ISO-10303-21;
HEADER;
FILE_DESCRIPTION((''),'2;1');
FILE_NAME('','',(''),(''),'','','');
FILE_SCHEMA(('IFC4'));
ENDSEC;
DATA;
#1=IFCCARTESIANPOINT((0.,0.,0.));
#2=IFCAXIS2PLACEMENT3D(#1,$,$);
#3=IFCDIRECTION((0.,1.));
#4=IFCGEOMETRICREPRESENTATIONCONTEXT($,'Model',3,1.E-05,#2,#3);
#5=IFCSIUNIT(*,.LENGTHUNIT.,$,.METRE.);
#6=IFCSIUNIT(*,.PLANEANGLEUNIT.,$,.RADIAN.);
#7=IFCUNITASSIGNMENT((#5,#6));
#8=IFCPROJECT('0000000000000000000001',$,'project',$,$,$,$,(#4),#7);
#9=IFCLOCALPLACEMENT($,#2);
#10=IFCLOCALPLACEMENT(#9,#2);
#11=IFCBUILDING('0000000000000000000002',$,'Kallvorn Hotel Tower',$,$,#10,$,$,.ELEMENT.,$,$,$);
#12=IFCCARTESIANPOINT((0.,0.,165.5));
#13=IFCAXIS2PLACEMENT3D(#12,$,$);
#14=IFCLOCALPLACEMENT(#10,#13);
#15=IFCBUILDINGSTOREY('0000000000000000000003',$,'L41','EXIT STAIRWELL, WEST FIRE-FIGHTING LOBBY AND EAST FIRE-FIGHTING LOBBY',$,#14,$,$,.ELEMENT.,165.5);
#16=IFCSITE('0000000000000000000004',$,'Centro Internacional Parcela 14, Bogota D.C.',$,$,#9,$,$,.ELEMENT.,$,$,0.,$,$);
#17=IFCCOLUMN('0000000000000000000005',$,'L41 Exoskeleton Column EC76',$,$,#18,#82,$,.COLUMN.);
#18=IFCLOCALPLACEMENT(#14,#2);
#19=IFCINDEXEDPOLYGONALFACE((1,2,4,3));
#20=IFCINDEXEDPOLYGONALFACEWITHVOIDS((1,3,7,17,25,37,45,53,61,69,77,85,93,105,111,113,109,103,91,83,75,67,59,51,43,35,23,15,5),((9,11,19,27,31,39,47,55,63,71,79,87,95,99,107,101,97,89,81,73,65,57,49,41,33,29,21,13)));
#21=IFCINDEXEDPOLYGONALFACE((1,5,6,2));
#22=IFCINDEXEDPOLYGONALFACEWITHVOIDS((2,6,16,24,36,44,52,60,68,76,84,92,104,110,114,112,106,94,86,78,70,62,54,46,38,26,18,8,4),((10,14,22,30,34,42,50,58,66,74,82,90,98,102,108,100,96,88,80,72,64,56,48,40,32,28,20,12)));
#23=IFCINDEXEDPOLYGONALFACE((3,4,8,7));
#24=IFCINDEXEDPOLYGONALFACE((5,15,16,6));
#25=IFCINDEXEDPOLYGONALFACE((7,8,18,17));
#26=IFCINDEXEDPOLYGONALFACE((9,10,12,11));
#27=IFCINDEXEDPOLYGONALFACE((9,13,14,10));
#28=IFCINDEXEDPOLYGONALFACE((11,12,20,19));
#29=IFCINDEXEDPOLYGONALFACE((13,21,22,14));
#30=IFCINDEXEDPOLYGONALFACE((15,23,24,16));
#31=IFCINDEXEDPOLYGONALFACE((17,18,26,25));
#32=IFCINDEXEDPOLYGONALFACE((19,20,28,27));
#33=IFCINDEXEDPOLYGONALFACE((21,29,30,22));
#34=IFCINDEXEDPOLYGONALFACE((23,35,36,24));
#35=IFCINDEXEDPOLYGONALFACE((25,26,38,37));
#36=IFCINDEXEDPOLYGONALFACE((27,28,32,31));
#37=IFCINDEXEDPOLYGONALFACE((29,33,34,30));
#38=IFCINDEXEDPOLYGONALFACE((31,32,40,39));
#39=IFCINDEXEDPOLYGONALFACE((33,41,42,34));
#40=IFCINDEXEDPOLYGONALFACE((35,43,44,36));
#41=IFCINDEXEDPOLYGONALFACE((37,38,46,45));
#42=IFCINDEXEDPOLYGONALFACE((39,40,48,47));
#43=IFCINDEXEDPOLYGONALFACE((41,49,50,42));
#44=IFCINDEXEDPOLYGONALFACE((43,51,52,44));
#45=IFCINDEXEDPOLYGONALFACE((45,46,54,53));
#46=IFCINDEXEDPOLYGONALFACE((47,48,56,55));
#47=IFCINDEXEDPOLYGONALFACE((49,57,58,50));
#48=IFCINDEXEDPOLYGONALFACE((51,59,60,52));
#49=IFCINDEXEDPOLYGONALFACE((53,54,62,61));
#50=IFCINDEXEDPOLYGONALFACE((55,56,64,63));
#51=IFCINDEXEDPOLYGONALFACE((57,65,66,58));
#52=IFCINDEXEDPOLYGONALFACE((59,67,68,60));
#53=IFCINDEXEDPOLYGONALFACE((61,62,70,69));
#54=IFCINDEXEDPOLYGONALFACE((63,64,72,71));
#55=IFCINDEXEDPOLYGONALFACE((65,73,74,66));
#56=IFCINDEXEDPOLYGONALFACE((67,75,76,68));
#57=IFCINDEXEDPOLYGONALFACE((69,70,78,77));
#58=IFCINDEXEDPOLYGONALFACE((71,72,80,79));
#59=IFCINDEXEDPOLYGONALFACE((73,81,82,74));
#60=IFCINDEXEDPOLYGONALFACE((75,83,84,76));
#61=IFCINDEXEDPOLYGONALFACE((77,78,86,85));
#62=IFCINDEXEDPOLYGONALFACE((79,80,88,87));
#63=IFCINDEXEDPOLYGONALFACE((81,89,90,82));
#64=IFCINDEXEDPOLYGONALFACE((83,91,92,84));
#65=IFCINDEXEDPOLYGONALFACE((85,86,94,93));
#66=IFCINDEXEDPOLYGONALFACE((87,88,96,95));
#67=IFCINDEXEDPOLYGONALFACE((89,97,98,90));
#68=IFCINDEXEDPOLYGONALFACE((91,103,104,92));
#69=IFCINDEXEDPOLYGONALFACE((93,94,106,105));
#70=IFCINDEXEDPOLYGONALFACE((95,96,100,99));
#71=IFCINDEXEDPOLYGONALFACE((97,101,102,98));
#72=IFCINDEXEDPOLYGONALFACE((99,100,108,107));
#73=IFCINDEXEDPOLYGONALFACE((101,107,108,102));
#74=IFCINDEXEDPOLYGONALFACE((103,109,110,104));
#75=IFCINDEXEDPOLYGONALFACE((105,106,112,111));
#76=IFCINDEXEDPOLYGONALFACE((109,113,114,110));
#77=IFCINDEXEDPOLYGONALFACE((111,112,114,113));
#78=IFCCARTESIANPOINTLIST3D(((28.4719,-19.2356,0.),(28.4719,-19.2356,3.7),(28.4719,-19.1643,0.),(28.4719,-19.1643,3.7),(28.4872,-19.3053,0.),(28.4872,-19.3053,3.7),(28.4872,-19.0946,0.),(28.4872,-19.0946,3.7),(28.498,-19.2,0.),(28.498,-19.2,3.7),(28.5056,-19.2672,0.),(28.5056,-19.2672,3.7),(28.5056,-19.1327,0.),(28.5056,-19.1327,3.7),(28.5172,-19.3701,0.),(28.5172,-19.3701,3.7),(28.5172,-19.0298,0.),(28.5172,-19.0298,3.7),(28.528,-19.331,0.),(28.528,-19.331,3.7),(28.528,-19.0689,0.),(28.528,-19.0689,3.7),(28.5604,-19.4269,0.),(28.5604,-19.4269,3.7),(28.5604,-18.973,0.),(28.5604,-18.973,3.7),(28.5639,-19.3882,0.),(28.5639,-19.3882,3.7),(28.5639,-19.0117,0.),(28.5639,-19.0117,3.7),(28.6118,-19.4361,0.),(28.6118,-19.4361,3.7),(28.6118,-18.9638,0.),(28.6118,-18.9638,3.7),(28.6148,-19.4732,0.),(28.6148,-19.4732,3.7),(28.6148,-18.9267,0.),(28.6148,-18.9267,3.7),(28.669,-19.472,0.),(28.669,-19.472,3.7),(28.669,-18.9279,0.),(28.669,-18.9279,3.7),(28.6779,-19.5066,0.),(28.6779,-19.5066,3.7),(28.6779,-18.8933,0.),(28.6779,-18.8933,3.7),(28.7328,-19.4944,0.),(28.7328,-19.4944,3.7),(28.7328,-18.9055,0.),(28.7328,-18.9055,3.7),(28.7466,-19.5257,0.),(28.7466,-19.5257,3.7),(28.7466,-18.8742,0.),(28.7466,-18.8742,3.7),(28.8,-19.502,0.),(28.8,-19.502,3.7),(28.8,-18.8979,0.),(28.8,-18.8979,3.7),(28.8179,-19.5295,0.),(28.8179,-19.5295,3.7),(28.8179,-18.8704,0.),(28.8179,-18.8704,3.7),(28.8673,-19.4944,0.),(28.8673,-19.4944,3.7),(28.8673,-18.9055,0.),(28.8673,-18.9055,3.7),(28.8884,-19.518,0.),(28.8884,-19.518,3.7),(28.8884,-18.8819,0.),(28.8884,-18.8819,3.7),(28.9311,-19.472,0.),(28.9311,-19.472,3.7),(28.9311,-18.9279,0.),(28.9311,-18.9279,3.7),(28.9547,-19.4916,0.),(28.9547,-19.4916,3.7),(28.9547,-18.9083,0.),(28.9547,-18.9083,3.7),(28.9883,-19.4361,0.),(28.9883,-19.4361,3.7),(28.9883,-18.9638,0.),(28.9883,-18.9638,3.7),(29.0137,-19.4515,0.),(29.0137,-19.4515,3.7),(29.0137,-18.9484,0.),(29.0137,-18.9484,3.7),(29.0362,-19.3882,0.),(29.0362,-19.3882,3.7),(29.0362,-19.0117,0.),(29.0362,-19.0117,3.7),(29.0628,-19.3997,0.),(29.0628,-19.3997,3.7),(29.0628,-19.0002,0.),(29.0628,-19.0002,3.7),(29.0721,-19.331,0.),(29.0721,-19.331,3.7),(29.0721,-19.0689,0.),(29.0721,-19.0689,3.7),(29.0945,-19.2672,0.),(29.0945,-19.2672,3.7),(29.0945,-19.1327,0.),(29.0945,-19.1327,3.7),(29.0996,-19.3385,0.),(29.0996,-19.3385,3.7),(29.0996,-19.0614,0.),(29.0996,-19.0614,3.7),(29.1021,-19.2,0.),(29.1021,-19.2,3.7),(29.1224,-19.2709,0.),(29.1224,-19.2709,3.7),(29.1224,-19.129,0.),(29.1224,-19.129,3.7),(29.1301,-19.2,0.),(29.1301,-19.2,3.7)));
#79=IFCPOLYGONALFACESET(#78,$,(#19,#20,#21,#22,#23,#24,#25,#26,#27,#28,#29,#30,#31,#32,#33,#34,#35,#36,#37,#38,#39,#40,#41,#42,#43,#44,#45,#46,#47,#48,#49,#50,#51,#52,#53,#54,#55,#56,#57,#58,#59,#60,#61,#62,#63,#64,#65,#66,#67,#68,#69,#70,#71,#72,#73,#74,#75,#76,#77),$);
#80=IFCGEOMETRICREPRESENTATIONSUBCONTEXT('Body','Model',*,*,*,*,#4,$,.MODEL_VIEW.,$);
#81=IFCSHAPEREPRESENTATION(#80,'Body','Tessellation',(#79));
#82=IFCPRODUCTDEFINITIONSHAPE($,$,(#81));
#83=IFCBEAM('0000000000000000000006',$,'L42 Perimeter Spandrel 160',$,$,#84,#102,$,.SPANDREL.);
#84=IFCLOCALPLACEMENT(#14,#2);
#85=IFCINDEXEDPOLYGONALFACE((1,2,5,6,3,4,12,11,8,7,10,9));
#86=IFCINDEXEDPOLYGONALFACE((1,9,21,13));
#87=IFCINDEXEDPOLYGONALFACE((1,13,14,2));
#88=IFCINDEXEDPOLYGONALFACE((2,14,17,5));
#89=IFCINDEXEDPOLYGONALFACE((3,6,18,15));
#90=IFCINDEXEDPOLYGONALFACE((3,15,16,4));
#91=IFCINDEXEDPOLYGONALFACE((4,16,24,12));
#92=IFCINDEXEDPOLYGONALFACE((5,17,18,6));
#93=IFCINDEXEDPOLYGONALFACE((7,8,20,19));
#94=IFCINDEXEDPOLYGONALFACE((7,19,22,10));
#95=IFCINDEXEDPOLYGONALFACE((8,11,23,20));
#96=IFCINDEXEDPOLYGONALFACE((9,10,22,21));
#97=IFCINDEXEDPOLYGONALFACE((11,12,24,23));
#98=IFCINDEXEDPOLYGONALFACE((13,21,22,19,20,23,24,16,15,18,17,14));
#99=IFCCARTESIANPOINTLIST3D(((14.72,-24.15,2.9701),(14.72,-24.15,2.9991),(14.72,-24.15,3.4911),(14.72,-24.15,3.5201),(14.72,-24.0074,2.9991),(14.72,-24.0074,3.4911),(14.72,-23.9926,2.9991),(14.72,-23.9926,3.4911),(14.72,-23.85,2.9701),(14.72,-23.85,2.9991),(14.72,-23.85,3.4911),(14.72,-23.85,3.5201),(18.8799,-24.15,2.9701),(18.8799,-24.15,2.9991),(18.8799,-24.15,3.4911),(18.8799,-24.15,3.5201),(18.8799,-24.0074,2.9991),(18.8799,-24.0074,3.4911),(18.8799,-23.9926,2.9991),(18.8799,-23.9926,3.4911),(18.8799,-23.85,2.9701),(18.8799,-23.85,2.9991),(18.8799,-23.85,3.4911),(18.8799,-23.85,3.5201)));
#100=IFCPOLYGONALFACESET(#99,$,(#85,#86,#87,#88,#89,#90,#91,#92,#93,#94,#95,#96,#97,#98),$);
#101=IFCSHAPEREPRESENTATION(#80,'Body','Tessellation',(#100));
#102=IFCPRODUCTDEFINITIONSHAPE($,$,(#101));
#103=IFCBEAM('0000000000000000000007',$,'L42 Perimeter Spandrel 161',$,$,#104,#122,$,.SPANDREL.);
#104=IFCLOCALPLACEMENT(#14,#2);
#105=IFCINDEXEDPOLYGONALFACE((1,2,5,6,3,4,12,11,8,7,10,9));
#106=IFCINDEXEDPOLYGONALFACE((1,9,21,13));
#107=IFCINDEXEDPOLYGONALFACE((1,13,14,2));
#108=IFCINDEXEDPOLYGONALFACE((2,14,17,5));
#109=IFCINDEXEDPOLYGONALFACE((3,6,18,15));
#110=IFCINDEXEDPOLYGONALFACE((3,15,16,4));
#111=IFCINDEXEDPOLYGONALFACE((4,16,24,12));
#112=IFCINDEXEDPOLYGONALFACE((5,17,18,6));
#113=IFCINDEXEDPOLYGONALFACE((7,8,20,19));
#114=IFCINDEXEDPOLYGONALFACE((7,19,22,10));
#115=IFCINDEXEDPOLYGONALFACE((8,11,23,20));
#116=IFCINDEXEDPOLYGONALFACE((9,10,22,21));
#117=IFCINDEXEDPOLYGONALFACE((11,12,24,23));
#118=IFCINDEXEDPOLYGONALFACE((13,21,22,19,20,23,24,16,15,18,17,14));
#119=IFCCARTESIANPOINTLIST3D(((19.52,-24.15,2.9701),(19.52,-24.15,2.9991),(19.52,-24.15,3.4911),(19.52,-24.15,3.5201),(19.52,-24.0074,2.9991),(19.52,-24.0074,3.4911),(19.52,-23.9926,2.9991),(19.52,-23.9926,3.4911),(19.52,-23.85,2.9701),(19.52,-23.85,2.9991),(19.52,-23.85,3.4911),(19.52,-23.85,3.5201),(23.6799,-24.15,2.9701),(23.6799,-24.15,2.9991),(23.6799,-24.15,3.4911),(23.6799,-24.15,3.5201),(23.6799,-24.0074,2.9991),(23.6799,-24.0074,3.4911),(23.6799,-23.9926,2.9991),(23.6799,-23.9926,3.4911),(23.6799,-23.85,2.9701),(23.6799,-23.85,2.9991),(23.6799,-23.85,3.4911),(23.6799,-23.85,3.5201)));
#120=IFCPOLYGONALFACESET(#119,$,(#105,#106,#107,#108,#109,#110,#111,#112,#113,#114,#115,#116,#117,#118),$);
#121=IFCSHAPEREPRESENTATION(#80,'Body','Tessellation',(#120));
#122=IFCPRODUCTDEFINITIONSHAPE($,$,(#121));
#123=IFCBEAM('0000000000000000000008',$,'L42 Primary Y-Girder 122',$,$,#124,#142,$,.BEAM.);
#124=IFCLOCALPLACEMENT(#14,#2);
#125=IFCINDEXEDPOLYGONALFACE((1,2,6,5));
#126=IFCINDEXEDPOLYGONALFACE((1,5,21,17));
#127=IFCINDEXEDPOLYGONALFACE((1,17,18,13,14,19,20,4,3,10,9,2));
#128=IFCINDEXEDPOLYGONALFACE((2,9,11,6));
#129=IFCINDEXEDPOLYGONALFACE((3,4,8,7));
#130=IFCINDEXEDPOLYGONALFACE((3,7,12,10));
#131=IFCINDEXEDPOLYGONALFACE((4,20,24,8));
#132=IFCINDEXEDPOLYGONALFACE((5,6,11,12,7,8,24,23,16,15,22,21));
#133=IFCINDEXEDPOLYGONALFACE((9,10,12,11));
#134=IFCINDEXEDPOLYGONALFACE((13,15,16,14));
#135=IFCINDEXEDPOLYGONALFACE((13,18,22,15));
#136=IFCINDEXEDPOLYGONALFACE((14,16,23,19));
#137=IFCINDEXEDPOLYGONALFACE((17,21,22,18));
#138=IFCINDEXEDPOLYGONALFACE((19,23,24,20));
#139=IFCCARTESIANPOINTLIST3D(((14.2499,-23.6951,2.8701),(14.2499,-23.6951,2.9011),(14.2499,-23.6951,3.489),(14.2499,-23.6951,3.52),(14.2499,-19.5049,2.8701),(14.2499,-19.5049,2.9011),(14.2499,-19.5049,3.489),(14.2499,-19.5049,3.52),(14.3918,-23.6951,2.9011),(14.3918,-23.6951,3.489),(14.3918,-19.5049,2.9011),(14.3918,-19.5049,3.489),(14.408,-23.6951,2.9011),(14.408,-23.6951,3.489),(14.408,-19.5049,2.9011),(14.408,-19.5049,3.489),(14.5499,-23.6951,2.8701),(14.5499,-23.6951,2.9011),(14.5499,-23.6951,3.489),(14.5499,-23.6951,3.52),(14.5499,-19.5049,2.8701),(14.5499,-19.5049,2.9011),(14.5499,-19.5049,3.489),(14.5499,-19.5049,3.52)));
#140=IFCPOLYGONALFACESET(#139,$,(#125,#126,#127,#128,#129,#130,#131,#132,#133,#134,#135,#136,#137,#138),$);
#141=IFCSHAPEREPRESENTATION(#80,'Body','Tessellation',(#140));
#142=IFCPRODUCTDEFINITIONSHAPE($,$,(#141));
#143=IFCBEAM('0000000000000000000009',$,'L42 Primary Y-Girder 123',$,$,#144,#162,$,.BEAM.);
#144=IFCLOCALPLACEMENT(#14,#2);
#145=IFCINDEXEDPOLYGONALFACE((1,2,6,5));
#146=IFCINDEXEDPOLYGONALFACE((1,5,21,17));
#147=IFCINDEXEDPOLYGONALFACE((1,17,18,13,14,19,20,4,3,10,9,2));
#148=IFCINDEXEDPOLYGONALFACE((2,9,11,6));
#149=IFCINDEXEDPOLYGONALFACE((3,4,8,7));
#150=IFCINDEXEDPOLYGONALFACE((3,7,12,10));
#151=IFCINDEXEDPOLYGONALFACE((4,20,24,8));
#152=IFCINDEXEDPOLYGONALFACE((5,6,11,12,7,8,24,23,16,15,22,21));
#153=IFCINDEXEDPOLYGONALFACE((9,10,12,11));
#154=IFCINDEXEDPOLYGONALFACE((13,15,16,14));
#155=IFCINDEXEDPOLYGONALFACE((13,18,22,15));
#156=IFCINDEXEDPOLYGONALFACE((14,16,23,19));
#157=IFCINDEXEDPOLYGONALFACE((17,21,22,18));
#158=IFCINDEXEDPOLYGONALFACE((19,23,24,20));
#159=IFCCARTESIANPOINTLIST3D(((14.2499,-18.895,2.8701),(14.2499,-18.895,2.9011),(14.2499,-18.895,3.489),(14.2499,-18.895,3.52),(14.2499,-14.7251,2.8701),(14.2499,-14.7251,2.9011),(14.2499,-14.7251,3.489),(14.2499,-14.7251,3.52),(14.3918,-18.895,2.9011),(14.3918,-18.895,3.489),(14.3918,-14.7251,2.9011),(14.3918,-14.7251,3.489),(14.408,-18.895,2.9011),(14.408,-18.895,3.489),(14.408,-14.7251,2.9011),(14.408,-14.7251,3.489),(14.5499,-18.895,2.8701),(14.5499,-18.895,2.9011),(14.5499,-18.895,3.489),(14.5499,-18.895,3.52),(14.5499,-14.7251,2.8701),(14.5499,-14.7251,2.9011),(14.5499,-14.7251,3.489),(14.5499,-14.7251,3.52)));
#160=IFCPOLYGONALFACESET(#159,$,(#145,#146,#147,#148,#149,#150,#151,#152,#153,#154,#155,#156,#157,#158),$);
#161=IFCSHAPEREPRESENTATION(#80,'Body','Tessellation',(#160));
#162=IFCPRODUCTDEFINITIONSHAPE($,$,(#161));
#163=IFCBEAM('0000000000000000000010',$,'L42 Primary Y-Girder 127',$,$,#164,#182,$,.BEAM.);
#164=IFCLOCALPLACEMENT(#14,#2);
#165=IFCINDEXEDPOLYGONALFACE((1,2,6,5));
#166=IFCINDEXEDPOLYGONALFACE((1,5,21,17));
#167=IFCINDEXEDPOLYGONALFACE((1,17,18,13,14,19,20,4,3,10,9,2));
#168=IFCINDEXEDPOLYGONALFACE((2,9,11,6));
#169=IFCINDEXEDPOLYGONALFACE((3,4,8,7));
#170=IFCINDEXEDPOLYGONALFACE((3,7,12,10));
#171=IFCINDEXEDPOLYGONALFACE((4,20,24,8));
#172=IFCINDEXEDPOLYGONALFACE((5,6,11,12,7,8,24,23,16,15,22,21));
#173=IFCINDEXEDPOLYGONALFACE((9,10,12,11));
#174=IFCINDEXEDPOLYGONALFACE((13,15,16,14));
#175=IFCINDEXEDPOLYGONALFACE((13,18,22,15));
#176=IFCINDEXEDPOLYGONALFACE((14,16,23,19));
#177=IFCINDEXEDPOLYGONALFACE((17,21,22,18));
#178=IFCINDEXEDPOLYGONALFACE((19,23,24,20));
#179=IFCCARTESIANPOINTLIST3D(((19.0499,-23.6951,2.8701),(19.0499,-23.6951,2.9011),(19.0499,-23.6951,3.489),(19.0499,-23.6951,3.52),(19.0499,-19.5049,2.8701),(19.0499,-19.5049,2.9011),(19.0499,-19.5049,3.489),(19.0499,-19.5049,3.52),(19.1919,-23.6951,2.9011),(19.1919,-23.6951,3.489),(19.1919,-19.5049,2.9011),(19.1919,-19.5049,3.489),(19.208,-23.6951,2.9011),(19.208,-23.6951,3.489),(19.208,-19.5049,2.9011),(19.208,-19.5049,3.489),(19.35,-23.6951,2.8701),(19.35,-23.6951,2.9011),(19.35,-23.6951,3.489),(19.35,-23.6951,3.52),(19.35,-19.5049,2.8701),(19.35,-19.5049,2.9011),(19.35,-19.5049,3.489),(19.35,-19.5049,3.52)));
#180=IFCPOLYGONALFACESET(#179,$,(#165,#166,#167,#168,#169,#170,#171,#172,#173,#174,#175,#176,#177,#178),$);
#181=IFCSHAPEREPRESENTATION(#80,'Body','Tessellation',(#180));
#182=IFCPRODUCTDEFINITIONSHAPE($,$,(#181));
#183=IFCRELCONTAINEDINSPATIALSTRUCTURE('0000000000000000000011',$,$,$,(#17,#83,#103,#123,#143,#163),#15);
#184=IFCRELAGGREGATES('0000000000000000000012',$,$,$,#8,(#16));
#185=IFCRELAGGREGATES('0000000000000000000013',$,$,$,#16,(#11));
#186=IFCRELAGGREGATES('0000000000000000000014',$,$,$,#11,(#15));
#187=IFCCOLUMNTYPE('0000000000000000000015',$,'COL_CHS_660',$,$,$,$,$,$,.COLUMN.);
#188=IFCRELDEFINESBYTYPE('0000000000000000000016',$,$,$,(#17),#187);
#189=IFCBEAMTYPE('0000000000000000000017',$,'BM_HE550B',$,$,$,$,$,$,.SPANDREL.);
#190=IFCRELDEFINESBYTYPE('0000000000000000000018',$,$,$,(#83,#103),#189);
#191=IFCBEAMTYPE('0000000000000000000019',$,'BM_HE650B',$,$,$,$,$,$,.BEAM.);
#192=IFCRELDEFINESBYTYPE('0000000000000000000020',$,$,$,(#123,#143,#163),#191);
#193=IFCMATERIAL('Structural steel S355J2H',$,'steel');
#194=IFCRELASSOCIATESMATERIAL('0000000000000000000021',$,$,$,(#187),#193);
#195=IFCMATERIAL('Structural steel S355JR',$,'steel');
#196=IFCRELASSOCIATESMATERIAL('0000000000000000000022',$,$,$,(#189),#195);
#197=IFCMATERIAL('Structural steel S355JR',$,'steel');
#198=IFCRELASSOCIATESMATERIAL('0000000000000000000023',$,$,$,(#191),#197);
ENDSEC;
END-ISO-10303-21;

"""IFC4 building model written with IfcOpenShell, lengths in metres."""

from ifc_helpers import new_model, si_unit, direction, frame, origin, origin_2d, place, context, subcontext, project, spatial, hollow_circle, i_section, extrude, material, material_profile, profile_set, type_object, element, save


model = new_model("IFC4")

# Units and contexts
model_context = context("Model", 3, precision=1e-05, world=origin(), true_north=direction((0.0, 1.0)))
body_context = subcontext(model_context, "Body", "Model", "MODEL_VIEW")
ifc_project = project(units=[si_unit("LENGTHUNIT", "METRE"), si_unit("PLANEANGLEUNIT", "RADIAN")], contexts=[model_context])

# Site, building, storey
site_placement = place(None, origin())
site = spatial("IfcSite", under=ifc_project, at=site_placement, Name="Centro Internacional Parcela 14, Bogota D.C.", CompositionType="ELEMENT", RefElevation=0.0)
building_placement = place(site_placement, origin())
building = spatial("IfcBuilding", under=site, at=building_placement, Name="Kallvorn Hotel Tower", CompositionType="ELEMENT")
storey_placement = place(building_placement, frame((0.0, 0.0, 165.5)))
storey = spatial("IfcBuildingStorey", under=building, at=storey_placement, Name="L41", Description="EXIT STAIRWELL, WEST FIRE-FIGHTING LOBBY AND EAST FIRE-FIGHTING LOBBY", CompositionType="ELEMENT", Elevation=165.5)

# Column
ifc_material_1 = material(Name="Structural steel S355J2H", Category="steel")
ifc_material_profile_1 = material_profile(ifc_material_1, hollow_circle(Radius=0.3301, WallThickness=0.0281, at=origin_2d()), Name="CHS 660x28")
ifc_profile_set_1 = profile_set([ifc_material_profile_1], Name="Structural steel S355J2H")
column_type = type_object("IfcColumnType", Name="COL_CHS_660", PredefinedType="COLUMN", material=ifc_profile_set_1)
for number, where, z_axis, x_axis, name in (
    (1, (28.8, -19.2, 0.0), (0.0, 0.0, 1.0), (1.0, 0.0, 0.0), "L41 Exoskeleton Column EC76"),
):
    element("IfcColumn", number, at=place(storey_placement, frame(where, z_axis=z_axis, x_axis=x_axis)), inside=storey, type_object=column_type, Name=name, PredefinedType="COLUMN", context=body_context, shape_type="SweptSolid", body=[
        extrude(hollow_circle(Radius=0.3301, WallThickness=0.0281, at=origin_2d()), origin(), (0.0, 0.0, 1.0), 3.7),
    ])

# Beams
ifc_material_2 = material(Name="Structural steel S355JR", Category="steel")
ifc_material_profile_2 = material_profile(ifc_material_2, i_section(OverallWidth=0.3, OverallDepth=0.55, WebThickness=0.0149, FlangeThickness=0.0291, at=origin_2d()), Name="HE 550 B")
ifc_profile_set_2 = profile_set([ifc_material_profile_2], Name="Structural steel S355JR")
beam_type_1 = type_object("IfcBeamType", Name="BM_HE550B", PredefinedType="SPANDREL", material=ifc_profile_set_2)
for number, where, z_axis, x_axis, name in (
    (2, (14.72, -24.0, 3.2451), (1.0, 0.0, 0.0), (0.0, 1.0, 0.0), "L42 Perimeter Spandrel 160"),
    (3, (19.52, -24.0, 3.2451), (1.0, 0.0, 0.0), (0.0, 1.0, 0.0), "L42 Perimeter Spandrel 161"),
):
    element("IfcBeam", number, at=place(storey_placement, frame(where, z_axis=z_axis, x_axis=x_axis)), inside=storey, type_object=beam_type_1, Name=name, PredefinedType="SPANDREL", context=body_context, shape_type="SweptSolid", body=[
        extrude(i_section(OverallWidth=0.3, OverallDepth=0.55, WebThickness=0.0149, FlangeThickness=0.0291, at=origin_2d()), origin(), (0.0, 0.0, 1.0), 4.1599),
    ])
ifc_material_3 = material(Name="Structural steel S355JR", Category="steel")
ifc_material_profile_3 = material_profile(ifc_material_3, i_section(OverallWidth=0.3, OverallDepth=0.6499, WebThickness=0.0161, FlangeThickness=0.031, at=origin_2d()), Name="HE 650 B")
ifc_profile_set_3 = profile_set([ifc_material_profile_3], Name="Structural steel S355JR")
beam_type_2 = type_object("IfcBeamType", Name="BM_HE650B", PredefinedType="BEAM", material=ifc_profile_set_3)
beam_1_placement = place(storey_placement, frame((14.3999, -23.6951, 3.1951), z_axis=(0.0, 1.0, 0.0), x_axis=(-1.0, 0.0, 0.0)))
element("IfcBeam", 4, at=beam_1_placement, inside=storey, type_object=beam_type_2, Name="L42 Primary Y-Girder 122", PredefinedType="BEAM", context=body_context, shape_type="SweptSolid", body=[
    extrude(i_section(OverallWidth=0.3, OverallDepth=0.6499, WebThickness=0.0161, FlangeThickness=0.031, at=origin_2d()), origin(), (0.0, 0.0, 1.0), 4.1902),
])
beam_2_placement = place(storey_placement, frame((14.3999, -18.895, 3.1951), z_axis=(0.0, 1.0, 0.0), x_axis=(-1.0, 0.0, 0.0)))
element("IfcBeam", 5, at=beam_2_placement, inside=storey, type_object=beam_type_2, Name="L42 Primary Y-Girder 123", PredefinedType="BEAM", context=body_context, shape_type="SweptSolid", body=[
    extrude(i_section(OverallWidth=0.3, OverallDepth=0.6499, WebThickness=0.0161, FlangeThickness=0.031, at=origin_2d()), origin(), (0.0, 0.0, 1.0), 4.1699),
])
beam_3_placement = place(storey_placement, frame((19.2, -23.6951, 3.1951), z_axis=(0.0, 1.0, 0.0), x_axis=(-1.0, 0.0, 0.0)))
element("IfcBeam", 6, at=beam_3_placement, inside=storey, type_object=beam_type_2, Name="L42 Primary Y-Girder 127", PredefinedType="BEAM", context=body_context, shape_type="SweptSolid", body=[
    extrude(i_section(OverallWidth=0.3, OverallDepth=0.6499, WebThickness=0.0161, FlangeThickness=0.031, at=origin_2d()), origin(), (0.0, 0.0, 1.0), 4.1902),
])

save(model, "model.ifc")
